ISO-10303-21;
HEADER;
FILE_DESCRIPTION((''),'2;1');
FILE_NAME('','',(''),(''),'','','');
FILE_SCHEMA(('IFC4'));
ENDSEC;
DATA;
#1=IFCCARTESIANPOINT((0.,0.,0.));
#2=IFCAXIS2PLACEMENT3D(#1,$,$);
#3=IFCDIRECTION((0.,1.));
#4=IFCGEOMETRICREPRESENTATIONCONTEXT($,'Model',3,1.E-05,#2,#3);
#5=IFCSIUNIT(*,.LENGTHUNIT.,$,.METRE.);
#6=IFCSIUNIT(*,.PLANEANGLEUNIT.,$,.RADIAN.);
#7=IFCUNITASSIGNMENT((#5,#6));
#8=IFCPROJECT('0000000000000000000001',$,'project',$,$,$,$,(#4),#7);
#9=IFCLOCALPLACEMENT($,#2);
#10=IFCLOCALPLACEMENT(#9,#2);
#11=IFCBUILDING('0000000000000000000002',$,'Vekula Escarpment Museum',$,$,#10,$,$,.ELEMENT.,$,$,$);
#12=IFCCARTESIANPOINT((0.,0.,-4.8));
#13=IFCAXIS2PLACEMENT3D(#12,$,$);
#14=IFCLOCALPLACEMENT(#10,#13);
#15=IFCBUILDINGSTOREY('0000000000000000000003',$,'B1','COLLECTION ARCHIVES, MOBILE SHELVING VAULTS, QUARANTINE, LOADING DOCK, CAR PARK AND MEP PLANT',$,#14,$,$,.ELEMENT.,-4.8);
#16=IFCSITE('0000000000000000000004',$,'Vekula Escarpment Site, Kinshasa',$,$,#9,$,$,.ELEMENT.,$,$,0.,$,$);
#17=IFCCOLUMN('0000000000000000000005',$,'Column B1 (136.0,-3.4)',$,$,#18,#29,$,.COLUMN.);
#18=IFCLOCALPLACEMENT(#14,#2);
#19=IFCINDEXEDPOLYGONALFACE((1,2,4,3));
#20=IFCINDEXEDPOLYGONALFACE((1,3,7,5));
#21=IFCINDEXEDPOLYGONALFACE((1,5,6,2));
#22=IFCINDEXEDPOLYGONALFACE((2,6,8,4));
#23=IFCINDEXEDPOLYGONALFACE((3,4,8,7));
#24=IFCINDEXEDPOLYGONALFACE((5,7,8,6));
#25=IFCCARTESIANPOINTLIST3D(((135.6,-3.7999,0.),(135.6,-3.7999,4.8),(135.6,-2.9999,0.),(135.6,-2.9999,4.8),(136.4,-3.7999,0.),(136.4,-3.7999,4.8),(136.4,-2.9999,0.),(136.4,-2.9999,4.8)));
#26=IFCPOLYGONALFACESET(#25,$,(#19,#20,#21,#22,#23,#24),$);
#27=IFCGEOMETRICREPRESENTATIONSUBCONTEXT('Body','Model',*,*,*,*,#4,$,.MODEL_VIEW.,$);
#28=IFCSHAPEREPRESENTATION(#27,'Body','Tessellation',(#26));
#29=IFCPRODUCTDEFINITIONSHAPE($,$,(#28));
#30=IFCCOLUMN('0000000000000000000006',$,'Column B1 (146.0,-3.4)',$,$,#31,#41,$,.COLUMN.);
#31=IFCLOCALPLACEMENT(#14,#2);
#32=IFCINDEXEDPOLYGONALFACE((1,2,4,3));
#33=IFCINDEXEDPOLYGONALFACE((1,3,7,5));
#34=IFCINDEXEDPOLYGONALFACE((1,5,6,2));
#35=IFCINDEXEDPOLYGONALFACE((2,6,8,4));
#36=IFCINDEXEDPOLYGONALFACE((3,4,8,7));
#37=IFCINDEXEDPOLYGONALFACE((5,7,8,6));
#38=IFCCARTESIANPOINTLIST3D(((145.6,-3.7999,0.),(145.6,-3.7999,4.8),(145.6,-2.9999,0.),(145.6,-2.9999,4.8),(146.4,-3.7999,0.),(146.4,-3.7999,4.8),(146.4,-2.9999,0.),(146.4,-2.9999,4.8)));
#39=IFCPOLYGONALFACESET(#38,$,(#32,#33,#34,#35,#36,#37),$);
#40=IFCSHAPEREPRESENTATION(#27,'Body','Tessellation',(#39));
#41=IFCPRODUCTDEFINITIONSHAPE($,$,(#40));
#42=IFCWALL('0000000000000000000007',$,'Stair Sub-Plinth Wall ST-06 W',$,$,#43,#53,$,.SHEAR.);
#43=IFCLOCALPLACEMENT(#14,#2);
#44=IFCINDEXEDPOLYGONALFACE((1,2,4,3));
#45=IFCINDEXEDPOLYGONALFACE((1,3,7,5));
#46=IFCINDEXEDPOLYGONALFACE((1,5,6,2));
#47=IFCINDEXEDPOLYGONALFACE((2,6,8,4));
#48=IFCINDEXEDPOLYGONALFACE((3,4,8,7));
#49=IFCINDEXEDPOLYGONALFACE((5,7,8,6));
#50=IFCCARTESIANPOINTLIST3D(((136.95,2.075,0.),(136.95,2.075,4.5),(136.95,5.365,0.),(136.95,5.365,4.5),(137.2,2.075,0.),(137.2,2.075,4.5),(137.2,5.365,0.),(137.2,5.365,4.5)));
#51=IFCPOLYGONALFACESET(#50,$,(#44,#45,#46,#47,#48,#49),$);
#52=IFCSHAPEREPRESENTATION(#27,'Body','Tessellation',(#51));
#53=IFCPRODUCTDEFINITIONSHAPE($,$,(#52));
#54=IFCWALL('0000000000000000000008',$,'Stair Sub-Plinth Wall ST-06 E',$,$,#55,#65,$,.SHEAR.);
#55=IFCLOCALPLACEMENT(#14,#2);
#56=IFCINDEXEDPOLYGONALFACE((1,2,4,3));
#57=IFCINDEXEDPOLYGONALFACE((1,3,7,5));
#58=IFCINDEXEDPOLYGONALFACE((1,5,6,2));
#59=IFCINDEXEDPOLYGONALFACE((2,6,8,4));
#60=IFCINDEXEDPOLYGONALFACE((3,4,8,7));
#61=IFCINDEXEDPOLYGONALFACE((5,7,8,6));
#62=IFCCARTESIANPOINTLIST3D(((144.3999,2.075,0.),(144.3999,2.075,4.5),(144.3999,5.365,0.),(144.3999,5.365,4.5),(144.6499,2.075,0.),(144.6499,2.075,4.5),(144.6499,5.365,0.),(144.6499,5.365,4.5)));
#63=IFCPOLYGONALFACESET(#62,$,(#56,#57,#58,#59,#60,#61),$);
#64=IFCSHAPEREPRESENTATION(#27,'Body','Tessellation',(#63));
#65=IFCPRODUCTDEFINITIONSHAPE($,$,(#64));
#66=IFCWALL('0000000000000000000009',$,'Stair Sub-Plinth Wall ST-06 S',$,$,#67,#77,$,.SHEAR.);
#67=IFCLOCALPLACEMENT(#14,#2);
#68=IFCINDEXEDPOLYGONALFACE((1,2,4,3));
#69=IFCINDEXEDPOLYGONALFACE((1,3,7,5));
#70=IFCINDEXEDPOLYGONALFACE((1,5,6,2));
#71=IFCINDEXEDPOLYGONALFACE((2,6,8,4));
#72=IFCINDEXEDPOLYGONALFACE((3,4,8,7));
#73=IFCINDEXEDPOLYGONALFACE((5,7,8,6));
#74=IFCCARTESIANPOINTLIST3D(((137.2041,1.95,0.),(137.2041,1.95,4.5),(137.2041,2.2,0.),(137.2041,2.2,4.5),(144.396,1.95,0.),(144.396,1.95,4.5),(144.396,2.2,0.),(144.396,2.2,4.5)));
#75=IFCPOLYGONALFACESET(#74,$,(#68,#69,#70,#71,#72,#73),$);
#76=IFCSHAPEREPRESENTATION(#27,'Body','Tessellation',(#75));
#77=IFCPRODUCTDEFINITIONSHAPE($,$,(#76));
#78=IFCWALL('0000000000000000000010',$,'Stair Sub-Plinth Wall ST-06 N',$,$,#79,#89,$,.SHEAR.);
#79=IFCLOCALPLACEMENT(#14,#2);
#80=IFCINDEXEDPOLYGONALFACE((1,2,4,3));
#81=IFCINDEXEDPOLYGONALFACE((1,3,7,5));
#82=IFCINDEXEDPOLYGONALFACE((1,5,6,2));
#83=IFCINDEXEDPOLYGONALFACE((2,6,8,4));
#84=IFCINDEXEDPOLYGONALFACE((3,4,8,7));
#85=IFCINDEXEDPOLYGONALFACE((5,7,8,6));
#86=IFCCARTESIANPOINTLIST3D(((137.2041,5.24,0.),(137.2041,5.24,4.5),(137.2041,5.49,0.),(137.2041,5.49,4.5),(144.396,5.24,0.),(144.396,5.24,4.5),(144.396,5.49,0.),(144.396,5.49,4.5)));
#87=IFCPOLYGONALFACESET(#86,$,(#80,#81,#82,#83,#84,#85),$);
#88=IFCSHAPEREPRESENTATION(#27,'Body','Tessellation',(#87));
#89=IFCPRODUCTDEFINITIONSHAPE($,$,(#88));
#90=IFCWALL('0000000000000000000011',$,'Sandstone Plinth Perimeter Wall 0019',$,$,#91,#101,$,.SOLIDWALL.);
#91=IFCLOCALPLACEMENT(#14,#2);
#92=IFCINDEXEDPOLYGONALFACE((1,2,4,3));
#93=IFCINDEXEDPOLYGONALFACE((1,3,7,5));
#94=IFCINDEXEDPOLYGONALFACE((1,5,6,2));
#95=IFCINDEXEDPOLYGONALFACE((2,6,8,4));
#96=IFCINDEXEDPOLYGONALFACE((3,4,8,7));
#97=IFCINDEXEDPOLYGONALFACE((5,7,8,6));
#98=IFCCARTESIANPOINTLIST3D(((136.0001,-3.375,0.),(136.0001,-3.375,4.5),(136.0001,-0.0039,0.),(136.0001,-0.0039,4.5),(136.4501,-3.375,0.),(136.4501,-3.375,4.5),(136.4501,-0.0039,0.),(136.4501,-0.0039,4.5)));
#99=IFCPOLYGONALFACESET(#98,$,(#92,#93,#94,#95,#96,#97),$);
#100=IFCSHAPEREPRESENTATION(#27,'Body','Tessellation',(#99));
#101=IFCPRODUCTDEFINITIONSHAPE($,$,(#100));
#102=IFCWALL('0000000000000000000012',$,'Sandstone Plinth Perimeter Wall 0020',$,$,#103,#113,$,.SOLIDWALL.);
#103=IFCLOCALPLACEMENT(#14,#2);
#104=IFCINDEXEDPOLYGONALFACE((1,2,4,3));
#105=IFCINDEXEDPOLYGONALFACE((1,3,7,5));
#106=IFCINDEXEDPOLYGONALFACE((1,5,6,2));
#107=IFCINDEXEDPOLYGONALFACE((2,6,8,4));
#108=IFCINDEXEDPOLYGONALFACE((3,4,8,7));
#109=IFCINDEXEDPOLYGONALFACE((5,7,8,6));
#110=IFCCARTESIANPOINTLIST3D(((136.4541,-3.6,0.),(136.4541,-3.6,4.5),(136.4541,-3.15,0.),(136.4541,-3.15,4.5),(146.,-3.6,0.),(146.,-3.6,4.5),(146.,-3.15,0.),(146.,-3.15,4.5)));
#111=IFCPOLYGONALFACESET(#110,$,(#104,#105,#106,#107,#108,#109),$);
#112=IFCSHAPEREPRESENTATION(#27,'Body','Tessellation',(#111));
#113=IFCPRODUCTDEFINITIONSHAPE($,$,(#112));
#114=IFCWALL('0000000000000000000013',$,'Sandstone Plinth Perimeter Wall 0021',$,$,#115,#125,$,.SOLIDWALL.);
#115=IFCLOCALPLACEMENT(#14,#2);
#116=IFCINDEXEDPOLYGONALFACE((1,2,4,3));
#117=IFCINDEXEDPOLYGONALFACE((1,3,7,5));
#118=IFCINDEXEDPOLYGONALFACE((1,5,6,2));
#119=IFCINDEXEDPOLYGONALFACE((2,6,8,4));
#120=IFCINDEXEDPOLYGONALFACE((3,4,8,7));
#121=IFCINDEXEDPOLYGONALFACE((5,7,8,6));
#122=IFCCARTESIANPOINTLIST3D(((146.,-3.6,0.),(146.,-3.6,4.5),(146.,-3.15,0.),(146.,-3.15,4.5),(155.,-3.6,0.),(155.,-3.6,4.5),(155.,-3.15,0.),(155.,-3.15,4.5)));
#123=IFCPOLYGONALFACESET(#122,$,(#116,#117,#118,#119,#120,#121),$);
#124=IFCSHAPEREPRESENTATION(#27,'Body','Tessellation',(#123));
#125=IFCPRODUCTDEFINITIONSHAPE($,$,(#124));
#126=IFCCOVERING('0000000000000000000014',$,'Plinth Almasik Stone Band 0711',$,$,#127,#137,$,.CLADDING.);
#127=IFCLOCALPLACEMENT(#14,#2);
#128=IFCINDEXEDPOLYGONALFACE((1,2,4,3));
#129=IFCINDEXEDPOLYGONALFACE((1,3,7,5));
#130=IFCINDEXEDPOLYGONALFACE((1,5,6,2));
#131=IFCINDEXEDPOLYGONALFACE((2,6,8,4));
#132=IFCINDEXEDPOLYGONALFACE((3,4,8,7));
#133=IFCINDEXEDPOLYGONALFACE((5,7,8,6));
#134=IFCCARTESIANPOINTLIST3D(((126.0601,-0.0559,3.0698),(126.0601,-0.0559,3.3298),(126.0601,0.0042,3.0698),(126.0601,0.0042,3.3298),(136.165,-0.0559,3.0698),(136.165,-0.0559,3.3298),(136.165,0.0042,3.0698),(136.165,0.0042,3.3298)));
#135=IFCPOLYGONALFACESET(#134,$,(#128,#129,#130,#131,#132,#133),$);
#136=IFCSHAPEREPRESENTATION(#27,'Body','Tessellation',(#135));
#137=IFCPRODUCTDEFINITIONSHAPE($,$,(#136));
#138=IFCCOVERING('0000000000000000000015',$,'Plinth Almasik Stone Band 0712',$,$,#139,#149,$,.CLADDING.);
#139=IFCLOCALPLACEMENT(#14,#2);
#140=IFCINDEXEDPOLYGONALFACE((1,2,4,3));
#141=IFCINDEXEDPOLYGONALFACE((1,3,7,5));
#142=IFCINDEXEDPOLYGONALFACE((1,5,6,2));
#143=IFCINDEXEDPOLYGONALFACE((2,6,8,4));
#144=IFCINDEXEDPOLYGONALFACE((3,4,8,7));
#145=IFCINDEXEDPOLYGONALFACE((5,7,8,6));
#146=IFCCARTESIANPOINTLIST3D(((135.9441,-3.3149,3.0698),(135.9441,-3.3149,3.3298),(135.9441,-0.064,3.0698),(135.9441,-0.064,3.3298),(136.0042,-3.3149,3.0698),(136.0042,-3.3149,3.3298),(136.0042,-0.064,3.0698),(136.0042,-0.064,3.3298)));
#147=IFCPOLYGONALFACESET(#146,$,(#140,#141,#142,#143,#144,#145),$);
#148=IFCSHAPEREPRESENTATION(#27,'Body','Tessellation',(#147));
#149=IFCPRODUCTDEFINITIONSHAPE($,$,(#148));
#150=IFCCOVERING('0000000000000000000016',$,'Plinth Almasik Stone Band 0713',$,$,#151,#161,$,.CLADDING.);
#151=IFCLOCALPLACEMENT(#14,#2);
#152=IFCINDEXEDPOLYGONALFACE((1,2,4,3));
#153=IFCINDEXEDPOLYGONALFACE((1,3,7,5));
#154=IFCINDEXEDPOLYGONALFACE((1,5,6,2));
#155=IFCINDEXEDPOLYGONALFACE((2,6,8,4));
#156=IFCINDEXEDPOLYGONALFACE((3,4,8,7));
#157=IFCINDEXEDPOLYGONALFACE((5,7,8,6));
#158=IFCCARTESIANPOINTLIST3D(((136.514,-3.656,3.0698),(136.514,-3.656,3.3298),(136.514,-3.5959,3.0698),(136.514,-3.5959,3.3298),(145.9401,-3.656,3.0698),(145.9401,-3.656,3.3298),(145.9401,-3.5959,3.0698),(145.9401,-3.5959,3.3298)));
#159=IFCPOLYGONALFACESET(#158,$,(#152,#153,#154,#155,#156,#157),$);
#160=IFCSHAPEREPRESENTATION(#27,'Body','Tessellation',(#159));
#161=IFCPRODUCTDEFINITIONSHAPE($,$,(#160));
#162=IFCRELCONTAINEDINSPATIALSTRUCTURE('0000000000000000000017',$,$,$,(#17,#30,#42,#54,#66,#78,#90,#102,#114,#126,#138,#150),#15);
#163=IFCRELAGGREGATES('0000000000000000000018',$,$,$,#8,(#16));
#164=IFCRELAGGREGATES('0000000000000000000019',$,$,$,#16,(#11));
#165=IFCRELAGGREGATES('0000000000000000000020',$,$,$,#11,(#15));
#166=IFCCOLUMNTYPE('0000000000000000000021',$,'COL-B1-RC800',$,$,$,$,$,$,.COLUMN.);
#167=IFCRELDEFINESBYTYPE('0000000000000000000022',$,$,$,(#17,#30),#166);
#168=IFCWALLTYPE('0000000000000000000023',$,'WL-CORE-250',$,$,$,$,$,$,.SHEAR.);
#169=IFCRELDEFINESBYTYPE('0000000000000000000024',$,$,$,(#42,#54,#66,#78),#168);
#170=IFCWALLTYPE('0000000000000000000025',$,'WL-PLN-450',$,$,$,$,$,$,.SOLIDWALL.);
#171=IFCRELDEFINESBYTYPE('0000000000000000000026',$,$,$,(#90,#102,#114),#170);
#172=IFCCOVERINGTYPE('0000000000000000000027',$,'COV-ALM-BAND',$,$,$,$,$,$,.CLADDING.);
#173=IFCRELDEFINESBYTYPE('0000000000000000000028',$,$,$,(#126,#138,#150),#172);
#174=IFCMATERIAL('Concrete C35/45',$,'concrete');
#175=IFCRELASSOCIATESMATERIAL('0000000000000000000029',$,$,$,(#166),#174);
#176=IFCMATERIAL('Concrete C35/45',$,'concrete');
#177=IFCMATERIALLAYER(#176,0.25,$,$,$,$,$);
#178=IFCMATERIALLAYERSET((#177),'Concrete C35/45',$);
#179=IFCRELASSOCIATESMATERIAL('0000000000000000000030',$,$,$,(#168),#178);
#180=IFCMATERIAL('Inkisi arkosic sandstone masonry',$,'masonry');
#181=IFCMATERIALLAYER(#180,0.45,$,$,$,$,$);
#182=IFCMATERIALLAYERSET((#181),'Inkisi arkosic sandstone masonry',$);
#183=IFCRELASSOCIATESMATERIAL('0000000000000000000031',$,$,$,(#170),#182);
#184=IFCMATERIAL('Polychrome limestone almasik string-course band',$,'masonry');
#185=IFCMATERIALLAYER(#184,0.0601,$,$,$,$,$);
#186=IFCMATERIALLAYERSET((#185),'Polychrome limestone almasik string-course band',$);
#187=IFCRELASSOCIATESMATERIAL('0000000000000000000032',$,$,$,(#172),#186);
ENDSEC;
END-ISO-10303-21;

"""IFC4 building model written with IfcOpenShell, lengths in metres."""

from ifc_helpers import new_model, si_unit, direction, frame, frame_2d, origin, origin_2d, place, context, subcontext, project, spatial, rectangle, extrude, material, layer, layer_set, material_profile, profile_set, type_object, element, save


model = new_model("IFC4")

# Units and contexts
model_context = context("Model", 3, precision=1e-05, world=origin(), true_north=direction((0.0, 1.0)))
body_context = subcontext(model_context, "Body", "Model", "MODEL_VIEW")
ifc_project = project(units=[si_unit("LENGTHUNIT", "METRE"), si_unit("PLANEANGLEUNIT", "RADIAN")], contexts=[model_context])

# Site, building, storey
site_placement = place(None, origin())
site = spatial("IfcSite", under=ifc_project, at=site_placement, Name="Vekula Escarpment Site, Kinshasa", CompositionType="ELEMENT", RefElevation=0.0)
building_placement = place(site_placement, origin())
building = spatial("IfcBuilding", under=site, at=building_placement, Name="Vekula Escarpment Museum", CompositionType="ELEMENT")
storey_placement = place(building_placement, frame((0.0, 0.0, -4.8)))
storey = spatial("IfcBuildingStorey", under=building, at=storey_placement, Name="B1", Description="COLLECTION ARCHIVES, MOBILE SHELVING VAULTS, QUARANTINE, LOADING DOCK, CAR PARK AND MEP PLANT", CompositionType="ELEMENT", Elevation=-4.8)

# Columns
ifc_material_1 = material(Name="Concrete C35/45", Category="concrete")
ifc_material_profile_1 = material_profile(ifc_material_1, rectangle(XDim=0.8, YDim=0.8, at=origin_2d()), Name="RC 800x800")
ifc_profile_set_1 = profile_set([ifc_material_profile_1], Name="Concrete C35/45")
column_type_1 = type_object("IfcColumnType", Name="COL-B1-RC800", PredefinedType="COLUMN", material=ifc_profile_set_1)
for number, where, z_axis, x_axis, name in (
    (1, (136.0, -3.3999, 0.0), (0.0, 0.0, 1.0), (1.0, 0.0, 0.0), "Column B1 (136.0,-3.4)"),
    (2, (146.0, -3.3999, 0.0), (0.0, 0.0, 1.0), (1.0, 0.0, 0.0), "Column B1 (146.0,-3.4)"),
):
    element("IfcColumn", number, at=place(storey_placement, frame(where, z_axis=z_axis, x_axis=x_axis)), inside=storey, type_object=column_type_1, Name=name, PredefinedType="COLUMN", context=body_context, shape_type="SweptSolid", body=[
        extrude(rectangle(XDim=0.8, YDim=0.8, at=origin_2d()), origin(), (0.0, 0.0, 1.0), 4.8),
    ])

# Walls
ifc_material_2 = material(Name="Concrete C35/45", Category="concrete")
ifc_layer_1 = layer(ifc_material_2, 0.25)
ifc_layer_set_1 = layer_set([ifc_layer_1], Name="Concrete C35/45")
wall_type_1 = type_object("IfcWallType", Name="WL-CORE-250", PredefinedType="SHEAR", material=ifc_layer_set_1)
for number, where, z_axis, x_axis, name in (
    (3, (137.075, 2.075, 0.0), (0.0, 0.0, 1.0), (0.0, 1.0, 0.0), "Stair Sub-Plinth Wall ST-06 W"),
    (4, (144.5249, 2.075, 0.0), (0.0, 0.0, 1.0), (0.0, 1.0, 0.0), "Stair Sub-Plinth Wall ST-06 E"),
):
    element("IfcWall", number, at=place(storey_placement, frame(where, z_axis=z_axis, x_axis=x_axis)), inside=storey, type_object=wall_type_1, Name=name, PredefinedType="SHEAR", context=body_context, shape_type="SweptSolid", body=[
        extrude(rectangle(XDim=3.29, YDim=0.25, at=frame_2d((1.645, 0.0))), origin(), (0.0, 0.0, 1.0), 4.5),
    ])
for number, where, z_axis, x_axis, name in (
    (5, (137.2041, 2.075, 0.0), (0.0, 0.0, 1.0), (1.0, 0.0, 0.0), "Stair Sub-Plinth Wall ST-06 S"),
    (6, (137.2041, 5.365, 0.0), (0.0, 0.0, 1.0), (1.0, 0.0, 0.0), "Stair Sub-Plinth Wall ST-06 N"),
):
    element("IfcWall", number, at=place(storey_placement, frame(where, z_axis=z_axis, x_axis=x_axis)), inside=storey, type_object=wall_type_1, Name=name, PredefinedType="SHEAR", context=body_context, shape_type="SweptSolid", body=[
        extrude(rectangle(XDim=7.1919, YDim=0.25, at=frame_2d((3.5959, 0.0))), origin(), (0.0, 0.0, 1.0), 4.5),
    ])
ifc_material_3 = material(Name="Inkisi arkosic sandstone masonry", Category="masonry")
ifc_layer_2 = layer(ifc_material_3, 0.45)
ifc_layer_set_2 = layer_set([ifc_layer_2], Name="Inkisi arkosic sandstone masonry")
wall_type_2 = type_object("IfcWallType", Name="WL-PLN-450", PredefinedType="SOLIDWALL", material=ifc_layer_set_2)
wall_1_placement = place(storey_placement, frame((136.2251, -0.0039, 0.0), z_axis=(0.0, 0.0, 1.0), x_axis=(0.0, -1.0, 0.0)))
element("IfcWall", 7, at=wall_1_placement, inside=storey, type_object=wall_type_2, Name="Sandstone Plinth Perimeter Wall 0019", PredefinedType="SOLIDWALL", context=body_context, shape_type="SweptSolid", body=[
    extrude(rectangle(XDim=3.3711, YDim=0.45, at=frame_2d((1.6855, 0.0))), origin(), (0.0, 0.0, 1.0), 4.5),
])
wall_2_placement = place(storey_placement, frame((136.4541, -3.375, 0.0), z_axis=(0.0, 0.0, 1.0), x_axis=(1.0, 0.0, 0.0)))
element("IfcWall", 8, at=wall_2_placement, inside=storey, type_object=wall_type_2, Name="Sandstone Plinth Perimeter Wall 0020", PredefinedType="SOLIDWALL", context=body_context, shape_type="SweptSolid", body=[
    extrude(rectangle(XDim=9.5459, YDim=0.45, at=frame_2d((4.7729, 0.0))), origin(), (0.0, 0.0, 1.0), 4.5),
])
wall_3_placement = place(storey_placement, frame((146.0, -3.375, 0.0), z_axis=(0.0, 0.0, 1.0), x_axis=(1.0, 0.0, 0.0)))
element("IfcWall", 9, at=wall_3_placement, inside=storey, type_object=wall_type_2, Name="Sandstone Plinth Perimeter Wall 0021", PredefinedType="SOLIDWALL", context=body_context, shape_type="SweptSolid", body=[
    extrude(rectangle(XDim=9.0, YDim=0.45, at=frame_2d((4.5, 0.0))), origin(), (0.0, 0.0, 1.0), 4.5),
])

# Coverings
ifc_material_4 = material(Name="Polychrome limestone almasik string-course band", Category="masonry")
ifc_layer_3 = layer(ifc_material_4, 0.0601)
ifc_layer_set_3 = layer_set([ifc_layer_3], Name="Polychrome limestone almasik string-course band")
covering_type = type_object("IfcCoveringType", Name="COV-ALM-BAND", PredefinedType="CLADDING", material=ifc_layer_set_3)
covering_1_placement = place(storey_placement, frame((131.1125, -0.0259, 3.0698), z_axis=(0.0, 0.0, 1.0), x_axis=(1.0, 0.0, 0.0)))
element("IfcCovering", 10, at=covering_1_placement, inside=storey, type_object=covering_type, Name="Plinth Almasik Stone Band 0711", PredefinedType="CLADDING", context=body_context, shape_type="SweptSolid", body=[
    extrude(rectangle(XDim=10.105, YDim=0.0601, at=origin_2d()), origin(), (0.0, 0.0, 1.0), 0.26),
])
covering_2_placement = place(storey_placement, frame((135.9741, -1.6895, 3.0698), z_axis=(0.0, 0.0, 1.0), x_axis=(0.0, 1.0, 0.0)))
element("IfcCovering", 11, at=covering_2_placement, inside=storey, type_object=covering_type, Name="Plinth Almasik Stone Band 0712", PredefinedType="CLADDING", context=body_context, shape_type="SweptSolid", body=[
    extrude(rectangle(XDim=3.251, YDim=0.0601, at=origin_2d()), origin(), (0.0, 0.0, 1.0), 0.26),
])
covering_3_placement = place(storey_placement, frame((141.2271, -3.626, 3.0698), z_axis=(0.0, 0.0, 1.0), x_axis=(1.0, 0.0, 0.0)))
element("IfcCovering", 12, at=covering_3_placement, inside=storey, type_object=covering_type, Name="Plinth Almasik Stone Band 0713", PredefinedType="CLADDING", context=body_context, shape_type="SweptSolid", body=[
    extrude(rectangle(XDim=9.426, YDim=0.0601, at=origin_2d()), origin(), (0.0, 0.0, 1.0), 0.26),
])

save(model, "model.ifc")
